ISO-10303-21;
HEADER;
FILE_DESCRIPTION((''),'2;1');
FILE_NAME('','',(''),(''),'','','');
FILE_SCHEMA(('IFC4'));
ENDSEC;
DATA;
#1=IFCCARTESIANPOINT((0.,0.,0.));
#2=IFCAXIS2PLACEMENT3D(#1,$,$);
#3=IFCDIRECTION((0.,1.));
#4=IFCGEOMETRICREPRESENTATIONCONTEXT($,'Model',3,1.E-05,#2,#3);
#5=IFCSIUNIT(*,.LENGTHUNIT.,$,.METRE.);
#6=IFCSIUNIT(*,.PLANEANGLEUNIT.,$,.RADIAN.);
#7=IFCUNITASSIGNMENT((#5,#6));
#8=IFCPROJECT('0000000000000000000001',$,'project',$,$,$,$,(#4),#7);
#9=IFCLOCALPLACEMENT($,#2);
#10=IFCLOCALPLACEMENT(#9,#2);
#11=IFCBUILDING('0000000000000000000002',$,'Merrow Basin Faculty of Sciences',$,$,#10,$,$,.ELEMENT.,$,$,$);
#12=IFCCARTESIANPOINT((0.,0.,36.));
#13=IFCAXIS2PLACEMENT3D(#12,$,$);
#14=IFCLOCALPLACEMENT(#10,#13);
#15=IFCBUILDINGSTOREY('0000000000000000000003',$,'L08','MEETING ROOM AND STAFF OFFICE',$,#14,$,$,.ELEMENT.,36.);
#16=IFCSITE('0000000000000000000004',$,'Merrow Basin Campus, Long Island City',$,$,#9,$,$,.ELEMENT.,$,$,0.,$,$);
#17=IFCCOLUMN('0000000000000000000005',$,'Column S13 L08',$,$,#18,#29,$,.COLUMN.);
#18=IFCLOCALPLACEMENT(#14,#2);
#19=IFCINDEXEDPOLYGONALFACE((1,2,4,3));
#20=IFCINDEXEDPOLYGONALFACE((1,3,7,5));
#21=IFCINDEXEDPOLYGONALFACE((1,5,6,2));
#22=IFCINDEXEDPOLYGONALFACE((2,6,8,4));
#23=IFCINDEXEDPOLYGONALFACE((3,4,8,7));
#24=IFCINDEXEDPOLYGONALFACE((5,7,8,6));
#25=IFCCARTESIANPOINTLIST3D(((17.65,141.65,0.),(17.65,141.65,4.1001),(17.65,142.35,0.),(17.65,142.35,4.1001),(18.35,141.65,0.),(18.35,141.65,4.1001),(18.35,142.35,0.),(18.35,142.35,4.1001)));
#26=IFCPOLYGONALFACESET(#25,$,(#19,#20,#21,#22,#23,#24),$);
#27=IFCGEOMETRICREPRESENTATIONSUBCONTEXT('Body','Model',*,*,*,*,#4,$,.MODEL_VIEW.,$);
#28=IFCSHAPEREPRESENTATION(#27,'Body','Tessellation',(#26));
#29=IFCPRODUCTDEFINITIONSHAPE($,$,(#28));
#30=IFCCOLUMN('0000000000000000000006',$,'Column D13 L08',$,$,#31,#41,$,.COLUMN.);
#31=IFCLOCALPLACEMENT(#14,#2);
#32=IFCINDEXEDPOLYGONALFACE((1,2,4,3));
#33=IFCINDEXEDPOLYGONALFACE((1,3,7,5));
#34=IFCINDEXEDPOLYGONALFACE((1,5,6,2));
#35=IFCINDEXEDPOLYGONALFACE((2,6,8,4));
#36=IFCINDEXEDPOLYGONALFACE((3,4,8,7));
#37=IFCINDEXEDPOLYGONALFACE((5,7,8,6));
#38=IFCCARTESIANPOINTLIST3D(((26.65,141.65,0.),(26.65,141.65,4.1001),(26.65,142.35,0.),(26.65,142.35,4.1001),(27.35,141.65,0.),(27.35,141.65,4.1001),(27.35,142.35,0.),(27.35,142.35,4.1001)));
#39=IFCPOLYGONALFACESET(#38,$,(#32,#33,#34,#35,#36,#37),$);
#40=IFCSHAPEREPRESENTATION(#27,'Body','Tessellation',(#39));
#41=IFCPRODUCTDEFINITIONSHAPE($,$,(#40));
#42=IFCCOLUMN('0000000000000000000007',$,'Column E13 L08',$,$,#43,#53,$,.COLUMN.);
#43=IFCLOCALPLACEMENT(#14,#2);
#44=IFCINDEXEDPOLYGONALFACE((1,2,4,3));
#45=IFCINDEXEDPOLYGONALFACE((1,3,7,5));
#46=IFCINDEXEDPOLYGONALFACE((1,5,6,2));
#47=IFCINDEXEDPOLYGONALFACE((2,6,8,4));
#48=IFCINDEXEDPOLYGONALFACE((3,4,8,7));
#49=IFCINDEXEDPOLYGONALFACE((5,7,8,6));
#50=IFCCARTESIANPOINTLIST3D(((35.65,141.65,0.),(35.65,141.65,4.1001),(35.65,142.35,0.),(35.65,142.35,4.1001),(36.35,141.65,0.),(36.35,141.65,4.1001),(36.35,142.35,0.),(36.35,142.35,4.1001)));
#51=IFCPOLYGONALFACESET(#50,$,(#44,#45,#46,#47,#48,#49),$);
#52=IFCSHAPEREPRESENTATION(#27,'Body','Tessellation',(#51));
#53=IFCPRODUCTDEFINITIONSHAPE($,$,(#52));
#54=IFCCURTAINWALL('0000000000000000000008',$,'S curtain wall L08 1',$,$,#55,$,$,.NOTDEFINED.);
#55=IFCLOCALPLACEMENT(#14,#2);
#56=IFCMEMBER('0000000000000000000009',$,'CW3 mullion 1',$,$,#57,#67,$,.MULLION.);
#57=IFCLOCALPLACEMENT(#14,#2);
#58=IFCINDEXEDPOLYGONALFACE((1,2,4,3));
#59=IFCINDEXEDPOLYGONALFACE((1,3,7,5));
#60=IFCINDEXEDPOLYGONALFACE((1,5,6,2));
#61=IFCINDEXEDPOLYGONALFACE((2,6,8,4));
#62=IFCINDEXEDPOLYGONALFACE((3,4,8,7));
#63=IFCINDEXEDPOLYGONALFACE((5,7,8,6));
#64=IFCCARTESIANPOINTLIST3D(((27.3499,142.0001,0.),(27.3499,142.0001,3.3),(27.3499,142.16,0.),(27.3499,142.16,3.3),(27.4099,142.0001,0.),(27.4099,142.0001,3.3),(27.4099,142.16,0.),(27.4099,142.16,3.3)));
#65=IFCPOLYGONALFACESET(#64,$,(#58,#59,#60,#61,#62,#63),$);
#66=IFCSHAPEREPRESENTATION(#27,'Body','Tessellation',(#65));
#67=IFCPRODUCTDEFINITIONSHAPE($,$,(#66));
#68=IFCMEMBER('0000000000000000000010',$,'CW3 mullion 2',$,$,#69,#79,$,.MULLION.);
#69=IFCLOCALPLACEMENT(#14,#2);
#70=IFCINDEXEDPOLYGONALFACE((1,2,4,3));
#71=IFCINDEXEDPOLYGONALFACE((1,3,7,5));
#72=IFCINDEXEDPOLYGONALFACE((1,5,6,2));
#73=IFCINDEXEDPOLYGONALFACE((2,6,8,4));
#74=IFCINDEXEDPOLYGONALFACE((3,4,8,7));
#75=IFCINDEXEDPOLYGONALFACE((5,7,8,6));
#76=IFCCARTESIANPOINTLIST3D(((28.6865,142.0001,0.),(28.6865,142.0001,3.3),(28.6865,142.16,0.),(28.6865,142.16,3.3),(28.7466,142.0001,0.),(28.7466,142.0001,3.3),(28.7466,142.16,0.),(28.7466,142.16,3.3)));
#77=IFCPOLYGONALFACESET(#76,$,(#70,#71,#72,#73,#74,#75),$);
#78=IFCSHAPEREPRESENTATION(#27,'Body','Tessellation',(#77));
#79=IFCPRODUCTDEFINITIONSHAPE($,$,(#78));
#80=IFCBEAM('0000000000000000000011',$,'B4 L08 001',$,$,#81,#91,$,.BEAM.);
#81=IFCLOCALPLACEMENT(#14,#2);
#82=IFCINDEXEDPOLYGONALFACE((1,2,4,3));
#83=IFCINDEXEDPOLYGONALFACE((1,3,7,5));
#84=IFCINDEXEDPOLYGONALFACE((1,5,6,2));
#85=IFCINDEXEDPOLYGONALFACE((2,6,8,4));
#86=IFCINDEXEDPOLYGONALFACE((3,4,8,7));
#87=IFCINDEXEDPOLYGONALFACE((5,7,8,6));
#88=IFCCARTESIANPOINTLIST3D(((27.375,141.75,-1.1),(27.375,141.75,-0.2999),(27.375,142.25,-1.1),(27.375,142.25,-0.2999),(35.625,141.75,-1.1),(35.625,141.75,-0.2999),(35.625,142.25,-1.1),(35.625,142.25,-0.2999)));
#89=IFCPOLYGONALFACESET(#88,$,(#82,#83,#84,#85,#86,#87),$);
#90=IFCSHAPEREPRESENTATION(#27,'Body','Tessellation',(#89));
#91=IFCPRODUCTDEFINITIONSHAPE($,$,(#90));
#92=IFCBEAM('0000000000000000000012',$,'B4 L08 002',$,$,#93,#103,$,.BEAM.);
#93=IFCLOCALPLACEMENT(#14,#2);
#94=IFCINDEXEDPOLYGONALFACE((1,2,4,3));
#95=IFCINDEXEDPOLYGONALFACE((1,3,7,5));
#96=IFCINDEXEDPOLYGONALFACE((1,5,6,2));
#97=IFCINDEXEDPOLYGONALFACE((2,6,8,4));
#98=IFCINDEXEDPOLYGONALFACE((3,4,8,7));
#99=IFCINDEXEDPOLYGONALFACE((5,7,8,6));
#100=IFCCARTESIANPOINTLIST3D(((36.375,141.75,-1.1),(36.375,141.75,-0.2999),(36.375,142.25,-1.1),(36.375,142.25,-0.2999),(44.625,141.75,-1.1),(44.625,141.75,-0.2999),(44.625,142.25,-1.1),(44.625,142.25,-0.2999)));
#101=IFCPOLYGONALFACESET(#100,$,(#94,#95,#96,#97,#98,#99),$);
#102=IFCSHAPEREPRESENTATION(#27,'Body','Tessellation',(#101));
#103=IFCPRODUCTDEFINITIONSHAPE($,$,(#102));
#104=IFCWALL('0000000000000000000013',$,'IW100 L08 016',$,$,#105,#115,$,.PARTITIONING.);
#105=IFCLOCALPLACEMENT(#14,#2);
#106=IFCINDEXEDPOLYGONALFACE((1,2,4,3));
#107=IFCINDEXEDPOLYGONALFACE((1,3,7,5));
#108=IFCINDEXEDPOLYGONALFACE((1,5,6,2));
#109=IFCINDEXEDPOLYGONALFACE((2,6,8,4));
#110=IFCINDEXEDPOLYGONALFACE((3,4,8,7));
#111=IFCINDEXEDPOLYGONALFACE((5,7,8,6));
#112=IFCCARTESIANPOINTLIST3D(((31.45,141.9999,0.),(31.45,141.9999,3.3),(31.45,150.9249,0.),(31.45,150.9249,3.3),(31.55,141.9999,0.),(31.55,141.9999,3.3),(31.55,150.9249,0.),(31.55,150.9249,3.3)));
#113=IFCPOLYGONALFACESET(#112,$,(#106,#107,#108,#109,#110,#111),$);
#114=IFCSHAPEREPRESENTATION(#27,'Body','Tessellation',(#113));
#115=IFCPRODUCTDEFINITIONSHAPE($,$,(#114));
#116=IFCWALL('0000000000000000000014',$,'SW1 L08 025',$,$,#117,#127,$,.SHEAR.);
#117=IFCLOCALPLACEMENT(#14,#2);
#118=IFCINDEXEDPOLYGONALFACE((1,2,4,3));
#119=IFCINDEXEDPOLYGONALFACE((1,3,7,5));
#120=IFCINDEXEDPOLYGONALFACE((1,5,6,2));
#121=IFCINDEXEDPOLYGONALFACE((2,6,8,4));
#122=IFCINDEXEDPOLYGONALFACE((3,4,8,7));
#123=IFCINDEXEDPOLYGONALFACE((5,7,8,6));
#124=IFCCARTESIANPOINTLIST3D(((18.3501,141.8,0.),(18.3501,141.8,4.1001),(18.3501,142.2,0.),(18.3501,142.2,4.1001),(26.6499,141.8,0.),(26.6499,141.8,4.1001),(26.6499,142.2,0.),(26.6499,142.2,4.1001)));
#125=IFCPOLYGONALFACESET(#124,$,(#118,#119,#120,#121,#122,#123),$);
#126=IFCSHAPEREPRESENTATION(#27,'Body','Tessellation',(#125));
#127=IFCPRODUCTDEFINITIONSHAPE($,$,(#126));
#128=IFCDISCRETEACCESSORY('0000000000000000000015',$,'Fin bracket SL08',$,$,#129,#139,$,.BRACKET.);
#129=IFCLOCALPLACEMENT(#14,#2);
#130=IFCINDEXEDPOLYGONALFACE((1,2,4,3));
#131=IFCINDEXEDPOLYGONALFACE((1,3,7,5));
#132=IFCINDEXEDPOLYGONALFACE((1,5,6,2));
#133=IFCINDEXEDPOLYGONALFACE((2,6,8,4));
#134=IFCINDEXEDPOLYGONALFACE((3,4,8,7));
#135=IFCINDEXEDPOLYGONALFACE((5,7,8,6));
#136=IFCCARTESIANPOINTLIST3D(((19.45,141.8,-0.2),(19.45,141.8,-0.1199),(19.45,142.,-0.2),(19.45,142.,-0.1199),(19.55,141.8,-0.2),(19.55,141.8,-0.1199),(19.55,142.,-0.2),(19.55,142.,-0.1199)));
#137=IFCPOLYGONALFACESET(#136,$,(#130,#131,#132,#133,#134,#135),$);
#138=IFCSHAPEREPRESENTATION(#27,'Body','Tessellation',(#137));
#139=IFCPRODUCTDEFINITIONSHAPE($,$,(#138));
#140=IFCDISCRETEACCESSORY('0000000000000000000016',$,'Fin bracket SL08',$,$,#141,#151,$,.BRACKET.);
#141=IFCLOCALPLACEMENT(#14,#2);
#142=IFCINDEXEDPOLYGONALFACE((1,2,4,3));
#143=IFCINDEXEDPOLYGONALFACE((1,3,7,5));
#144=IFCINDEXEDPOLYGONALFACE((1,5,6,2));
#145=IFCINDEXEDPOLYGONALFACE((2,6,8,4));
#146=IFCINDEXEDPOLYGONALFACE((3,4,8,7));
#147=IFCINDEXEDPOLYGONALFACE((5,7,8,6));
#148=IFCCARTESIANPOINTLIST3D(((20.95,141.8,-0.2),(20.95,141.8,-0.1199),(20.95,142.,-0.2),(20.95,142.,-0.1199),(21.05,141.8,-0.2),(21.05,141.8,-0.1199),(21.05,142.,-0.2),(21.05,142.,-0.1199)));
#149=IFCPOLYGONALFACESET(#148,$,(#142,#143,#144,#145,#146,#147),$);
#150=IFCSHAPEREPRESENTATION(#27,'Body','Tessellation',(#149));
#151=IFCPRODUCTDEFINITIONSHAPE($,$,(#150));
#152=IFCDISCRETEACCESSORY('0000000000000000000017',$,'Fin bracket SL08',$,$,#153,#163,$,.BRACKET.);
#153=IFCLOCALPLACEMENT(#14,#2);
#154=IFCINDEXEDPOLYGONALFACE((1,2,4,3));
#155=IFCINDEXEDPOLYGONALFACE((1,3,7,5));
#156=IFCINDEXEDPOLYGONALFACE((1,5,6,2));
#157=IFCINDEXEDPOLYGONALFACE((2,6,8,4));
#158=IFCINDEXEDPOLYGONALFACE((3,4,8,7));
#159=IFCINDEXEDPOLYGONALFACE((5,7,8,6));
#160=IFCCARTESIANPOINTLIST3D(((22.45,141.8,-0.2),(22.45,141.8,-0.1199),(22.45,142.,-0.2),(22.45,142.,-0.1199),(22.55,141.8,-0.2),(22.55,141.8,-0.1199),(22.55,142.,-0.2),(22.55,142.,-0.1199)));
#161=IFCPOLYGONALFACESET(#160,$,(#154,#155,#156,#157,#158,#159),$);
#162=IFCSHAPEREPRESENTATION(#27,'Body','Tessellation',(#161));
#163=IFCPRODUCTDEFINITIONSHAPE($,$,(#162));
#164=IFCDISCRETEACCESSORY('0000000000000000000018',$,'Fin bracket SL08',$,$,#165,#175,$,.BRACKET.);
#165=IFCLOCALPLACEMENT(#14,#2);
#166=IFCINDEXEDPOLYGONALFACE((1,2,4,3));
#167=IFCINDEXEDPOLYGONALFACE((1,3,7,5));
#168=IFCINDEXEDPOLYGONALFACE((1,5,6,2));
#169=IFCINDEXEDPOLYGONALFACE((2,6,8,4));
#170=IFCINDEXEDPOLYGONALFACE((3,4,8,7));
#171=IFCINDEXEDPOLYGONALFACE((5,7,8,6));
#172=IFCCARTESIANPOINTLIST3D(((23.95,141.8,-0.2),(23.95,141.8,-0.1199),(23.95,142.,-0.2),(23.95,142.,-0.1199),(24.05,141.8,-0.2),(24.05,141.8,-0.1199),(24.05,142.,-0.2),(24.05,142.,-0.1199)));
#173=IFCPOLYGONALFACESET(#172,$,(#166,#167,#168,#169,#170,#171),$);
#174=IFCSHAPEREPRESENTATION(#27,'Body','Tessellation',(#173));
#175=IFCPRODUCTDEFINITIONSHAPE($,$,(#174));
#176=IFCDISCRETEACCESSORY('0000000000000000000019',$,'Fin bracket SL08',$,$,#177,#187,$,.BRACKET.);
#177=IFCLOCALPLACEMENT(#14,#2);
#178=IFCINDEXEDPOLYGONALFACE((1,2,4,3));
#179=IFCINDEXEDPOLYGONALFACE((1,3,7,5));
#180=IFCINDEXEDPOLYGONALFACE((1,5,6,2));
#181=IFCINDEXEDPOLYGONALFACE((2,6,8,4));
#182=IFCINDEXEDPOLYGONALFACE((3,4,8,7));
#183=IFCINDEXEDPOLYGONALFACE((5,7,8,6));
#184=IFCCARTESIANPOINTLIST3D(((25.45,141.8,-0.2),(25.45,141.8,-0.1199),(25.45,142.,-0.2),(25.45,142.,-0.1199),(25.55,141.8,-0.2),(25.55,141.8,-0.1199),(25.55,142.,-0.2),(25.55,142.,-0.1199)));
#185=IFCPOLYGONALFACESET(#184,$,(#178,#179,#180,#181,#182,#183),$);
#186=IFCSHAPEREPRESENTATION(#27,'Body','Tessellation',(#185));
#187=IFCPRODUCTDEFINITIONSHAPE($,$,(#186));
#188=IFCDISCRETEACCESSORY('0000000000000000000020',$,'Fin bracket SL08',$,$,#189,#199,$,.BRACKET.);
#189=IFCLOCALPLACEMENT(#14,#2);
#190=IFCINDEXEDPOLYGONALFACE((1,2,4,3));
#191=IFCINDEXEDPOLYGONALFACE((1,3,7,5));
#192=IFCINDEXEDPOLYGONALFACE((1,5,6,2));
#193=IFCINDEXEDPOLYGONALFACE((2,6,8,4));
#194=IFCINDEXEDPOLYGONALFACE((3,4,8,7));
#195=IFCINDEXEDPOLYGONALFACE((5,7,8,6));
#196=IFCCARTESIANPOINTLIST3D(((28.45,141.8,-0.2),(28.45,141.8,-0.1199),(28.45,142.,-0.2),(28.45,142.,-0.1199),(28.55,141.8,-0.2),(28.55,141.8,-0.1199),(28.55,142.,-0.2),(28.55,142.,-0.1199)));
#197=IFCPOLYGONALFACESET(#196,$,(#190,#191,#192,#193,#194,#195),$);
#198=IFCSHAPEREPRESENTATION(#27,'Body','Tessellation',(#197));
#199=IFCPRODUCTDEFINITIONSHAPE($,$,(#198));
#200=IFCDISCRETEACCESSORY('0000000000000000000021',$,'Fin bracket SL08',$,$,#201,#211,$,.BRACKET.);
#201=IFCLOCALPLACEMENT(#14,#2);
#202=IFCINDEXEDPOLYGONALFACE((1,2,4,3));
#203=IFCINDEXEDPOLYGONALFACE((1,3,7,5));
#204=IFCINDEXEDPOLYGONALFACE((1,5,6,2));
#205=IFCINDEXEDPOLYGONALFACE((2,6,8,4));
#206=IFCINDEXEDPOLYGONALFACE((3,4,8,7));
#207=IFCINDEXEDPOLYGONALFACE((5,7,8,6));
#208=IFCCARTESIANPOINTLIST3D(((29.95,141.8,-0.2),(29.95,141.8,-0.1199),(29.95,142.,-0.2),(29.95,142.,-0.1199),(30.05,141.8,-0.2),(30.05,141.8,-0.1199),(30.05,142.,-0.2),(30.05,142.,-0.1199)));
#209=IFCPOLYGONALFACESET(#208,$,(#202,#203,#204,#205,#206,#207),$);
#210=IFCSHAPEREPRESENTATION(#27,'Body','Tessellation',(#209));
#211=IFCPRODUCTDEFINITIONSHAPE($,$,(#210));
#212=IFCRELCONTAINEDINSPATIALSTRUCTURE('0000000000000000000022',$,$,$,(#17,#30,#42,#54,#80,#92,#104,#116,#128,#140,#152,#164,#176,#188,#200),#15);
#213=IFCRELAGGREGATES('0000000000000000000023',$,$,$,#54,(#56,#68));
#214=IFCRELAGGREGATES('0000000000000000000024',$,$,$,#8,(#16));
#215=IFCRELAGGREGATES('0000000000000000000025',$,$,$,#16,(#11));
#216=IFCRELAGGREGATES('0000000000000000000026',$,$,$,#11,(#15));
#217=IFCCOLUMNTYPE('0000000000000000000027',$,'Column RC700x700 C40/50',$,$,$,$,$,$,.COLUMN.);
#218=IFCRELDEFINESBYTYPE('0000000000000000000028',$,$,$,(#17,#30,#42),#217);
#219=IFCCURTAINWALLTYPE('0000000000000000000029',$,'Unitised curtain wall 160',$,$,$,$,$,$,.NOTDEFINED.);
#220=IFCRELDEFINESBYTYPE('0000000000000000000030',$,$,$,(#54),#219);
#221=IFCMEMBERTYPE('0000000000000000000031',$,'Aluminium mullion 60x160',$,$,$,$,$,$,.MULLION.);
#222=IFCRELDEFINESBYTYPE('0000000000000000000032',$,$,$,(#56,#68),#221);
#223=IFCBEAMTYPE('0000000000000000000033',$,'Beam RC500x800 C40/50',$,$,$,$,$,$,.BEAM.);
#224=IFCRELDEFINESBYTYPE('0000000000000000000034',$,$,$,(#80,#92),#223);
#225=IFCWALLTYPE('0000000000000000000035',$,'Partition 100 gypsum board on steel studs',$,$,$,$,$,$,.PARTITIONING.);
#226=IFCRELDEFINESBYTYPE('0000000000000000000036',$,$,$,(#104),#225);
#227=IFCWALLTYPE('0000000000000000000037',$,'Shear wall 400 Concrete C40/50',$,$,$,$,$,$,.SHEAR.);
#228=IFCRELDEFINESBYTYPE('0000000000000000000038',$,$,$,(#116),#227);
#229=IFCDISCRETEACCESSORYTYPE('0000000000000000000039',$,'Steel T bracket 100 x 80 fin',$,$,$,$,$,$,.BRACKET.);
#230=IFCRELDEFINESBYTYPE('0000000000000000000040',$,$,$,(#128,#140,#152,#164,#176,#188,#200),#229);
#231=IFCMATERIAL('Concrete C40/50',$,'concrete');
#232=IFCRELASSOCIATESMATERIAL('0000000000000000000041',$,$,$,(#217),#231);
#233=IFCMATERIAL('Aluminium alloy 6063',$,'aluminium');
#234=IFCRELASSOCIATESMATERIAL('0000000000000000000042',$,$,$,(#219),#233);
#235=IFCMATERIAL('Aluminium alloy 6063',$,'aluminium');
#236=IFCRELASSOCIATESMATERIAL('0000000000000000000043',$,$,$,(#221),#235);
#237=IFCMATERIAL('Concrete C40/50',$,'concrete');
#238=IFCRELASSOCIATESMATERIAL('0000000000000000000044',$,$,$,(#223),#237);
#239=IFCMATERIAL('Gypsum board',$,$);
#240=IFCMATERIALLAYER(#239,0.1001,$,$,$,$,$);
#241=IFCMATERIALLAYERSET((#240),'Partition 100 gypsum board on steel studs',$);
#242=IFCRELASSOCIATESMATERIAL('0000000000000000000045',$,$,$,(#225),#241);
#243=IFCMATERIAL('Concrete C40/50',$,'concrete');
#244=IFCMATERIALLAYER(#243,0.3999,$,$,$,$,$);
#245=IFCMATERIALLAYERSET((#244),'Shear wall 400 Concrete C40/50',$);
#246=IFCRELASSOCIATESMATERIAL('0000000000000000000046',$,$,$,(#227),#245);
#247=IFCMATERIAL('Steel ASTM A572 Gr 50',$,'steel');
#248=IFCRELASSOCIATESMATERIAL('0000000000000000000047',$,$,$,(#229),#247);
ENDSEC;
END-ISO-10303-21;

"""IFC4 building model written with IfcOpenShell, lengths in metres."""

from ifc_helpers import new_model, si_unit, direction, frame, frame_2d, origin, origin_2d, place, context, subcontext, project, spatial, polyline, rectangle, outline, extrude, source, transform, mapped, material, layer, layer_set, material_profile, profile_set, type_object, element, aggregate, save


model = new_model("IFC4")

# Units and contexts
model_context = context("Model", 3, precision=1e-05, world=origin(), true_north=direction((0.0, 1.0)))
body_context = subcontext(model_context, "Body", "Model", "MODEL_VIEW")
ifc_project = project(units=[si_unit("LENGTHUNIT", "METRE"), si_unit("PLANEANGLEUNIT", "RADIAN")], contexts=[model_context])

# Site, building, storey
site_placement = place(None, origin())
site = spatial("IfcSite", under=ifc_project, at=site_placement, Name="Merrow Basin Campus, Long Island City", CompositionType="ELEMENT", RefElevation=0.0)
building_placement = place(site_placement, origin())
building = spatial("IfcBuilding", under=site, at=building_placement, Name="Merrow Basin Faculty of Sciences", CompositionType="ELEMENT")
storey_placement = place(building_placement, frame((0.0, 0.0, 36.0)))
storey = spatial("IfcBuildingStorey", under=building, at=storey_placement, Name="L08", Description="MEETING ROOM AND STAFF OFFICE", CompositionType="ELEMENT", Elevation=36.0)

# Columns
ifc_material_1 = material(Name="Concrete C40/50", Category="concrete")
ifc_material_profile_1 = material_profile(ifc_material_1, rectangle(XDim=0.7, YDim=0.7, at=origin_2d()))
ifc_profile_set_1 = profile_set([ifc_material_profile_1], Name="Concrete C40/50")
column_type = type_object("IfcColumnType", Name="Column RC700x700 C40/50", PredefinedType="COLUMN", material=ifc_profile_set_1)
for number, where, z_axis, x_axis, name in (
    (1, (18.0, 142.0, 0.0), (0.0, 0.0, 1.0), (1.0, 0.0, 0.0), "Column S13 L08"),
    (2, (27.0, 142.0, 0.0), (0.0, 0.0, 1.0), (1.0, 0.0, 0.0), "Column D13 L08"),
    (3, (36.0, 142.0, 0.0), (0.0, 0.0, 1.0), (1.0, 0.0, 0.0), "Column E13 L08"),
):
    element("IfcColumn", number, at=place(storey_placement, frame(where, z_axis=z_axis, x_axis=x_axis)), inside=storey, type_object=column_type, Name=name, PredefinedType="COLUMN", context=body_context, shape_type="SweptSolid", body=[
        extrude(rectangle(XDim=0.7, YDim=0.7, at=origin_2d()), origin(), (0.0, 0.0, 1.0), 4.1001),
    ])

# Curtain wall, members
ifc_material_2 = material(Name="Aluminium alloy 6063", Category="aluminium")
curtain_wall_type = type_object("IfcCurtainWallType", Name="Unitised curtain wall 160", PredefinedType="NOTDEFINED", material=ifc_material_2)
curtain_wall_placement = place(storey_placement, origin())
curtain_wall = element("IfcCurtainWall", 4, at=curtain_wall_placement, inside=storey, type_object=curtain_wall_type, Name="S curtain wall L08 1", PredefinedType="NOTDEFINED")
ifc_material_3 = material(Name="Aluminium alloy 6063", Category="aluminium")
ifc_material_profile_2 = material_profile(ifc_material_3, rectangle(XDim=0.1599, YDim=0.0601, at=origin_2d()))
ifc_profile_set_2 = profile_set([ifc_material_profile_2], Name="Aluminium alloy 6063")
member_type = type_object("IfcMemberType", Name="Aluminium mullion 60x160", PredefinedType="MULLION", material=ifc_profile_set_2)
member_1_placement = place(storey_placement, frame((27.3799, 142.0801, 0.0), z_axis=(0.0, 0.0, 1.0), x_axis=(0.0, 1.0, 0.0)))
member_1 = element("IfcMember", 5, at=member_1_placement, type_object=member_type, Name="CW3 mullion 1", PredefinedType="MULLION", context=body_context, shape_type="SweptSolid", body=[
    extrude(rectangle(XDim=0.1599, YDim=0.0601, at=origin_2d()), origin(), (0.0, 0.0, 1.0), 3.3),
])
member_2_placement = place(storey_placement, frame((28.7166, 142.0801, 0.0), z_axis=(0.0, 0.0, 1.0), x_axis=(0.0, 1.0, 0.0)))
member_2 = element("IfcMember", 6, at=member_2_placement, type_object=member_type, Name="CW3 mullion 2", PredefinedType="MULLION", context=body_context, shape_type="SweptSolid", body=[
    extrude(rectangle(XDim=0.1599, YDim=0.0601, at=origin_2d()), origin(), (0.0, 0.0, 1.0), 3.3),
])
aggregate(curtain_wall, [member_1, member_2])

# Beams
ifc_material_4 = material(Name="Concrete C40/50", Category="concrete")
ifc_material_profile_3 = material_profile(ifc_material_4, rectangle(XDim=0.5, YDim=0.8, at=origin_2d()))
ifc_profile_set_3 = profile_set([ifc_material_profile_3], Name="Concrete C40/50")
beam_type = type_object("IfcBeamType", Name="Beam RC500x800 C40/50", PredefinedType="BEAM", material=ifc_profile_set_3)
for number, where, z_axis, x_axis, name in (
    (7, (27.375, 142.0, -0.7), (1.0, 0.0, 0.0), (0.0, 1.0, 0.0), "B4 L08 001"),
    (8, (36.375, 142.0, -0.7), (1.0, 0.0, 0.0), (0.0, 1.0, 0.0), "B4 L08 002"),
):
    element("IfcBeam", number, at=place(storey_placement, frame(where, z_axis=z_axis, x_axis=x_axis)), inside=storey, type_object=beam_type, Name=name, PredefinedType="BEAM", context=body_context, shape_type="SweptSolid", body=[
        extrude(rectangle(XDim=0.5, YDim=0.8, at=origin_2d()), origin(), (0.0, 0.0, 1.0), 8.25),
    ])

# Walls
ifc_material_5 = material(Name="Gypsum board")
ifc_layer_1 = layer(ifc_material_5, 0.1001)
ifc_layer_set_1 = layer_set([ifc_layer_1], Name="Partition 100 gypsum board on steel studs")
wall_type_1 = type_object("IfcWallType", Name="Partition 100 gypsum board on steel studs", PredefinedType="PARTITIONING", material=ifc_layer_set_1)
wall_1_placement = place(storey_placement, frame((31.5, 142.0, 0.0), z_axis=(0.0, 0.0, 1.0), x_axis=(0.0, 1.0, 0.0)))
element("IfcWall", 9, at=wall_1_placement, inside=storey, type_object=wall_type_1, Name="IW100 L08 016", PredefinedType="PARTITIONING", context=body_context, shape_type="SweptSolid", body=[
    extrude(rectangle(XDim=8.925, YDim=0.1001, at=frame_2d((4.4624, 0.0))), origin(), (0.0, 0.0, 1.0), 3.3),
])
ifc_material_6 = material(Name="Concrete C40/50", Category="concrete")
ifc_layer_2 = layer(ifc_material_6, 0.3999)
ifc_layer_set_2 = layer_set([ifc_layer_2], Name="Shear wall 400 Concrete C40/50")
wall_type_2 = type_object("IfcWallType", Name="Shear wall 400 Concrete C40/50", PredefinedType="SHEAR", material=ifc_layer_set_2)
wall_2_placement = place(storey_placement, frame((18.3501, 142.0, 0.0), z_axis=(0.0, 0.0, 1.0), x_axis=(1.0, 0.0, 0.0)))
element("IfcWall", 10, at=wall_2_placement, inside=storey, type_object=wall_type_2, Name="SW1 L08 025", PredefinedType="SHEAR", context=body_context, shape_type="SweptSolid", body=[
    extrude(rectangle(XDim=8.2998, YDim=0.3999, at=frame_2d((4.1499, 0.0))), origin(), (0.0, 0.0, 1.0), 4.1001),
])

# Discrete accessories
ifc_material_7 = material(Name="Steel ASTM A572 Gr 50", Category="steel")
discrete_accessory_type = type_object("IfcDiscreteAccessoryType", Name="Steel T bracket 100 x 80 fin", PredefinedType="BRACKET", material=ifc_material_7)
shared_shape = source(origin(), body_context, "Body", "SweptSolid", [
    extrude(outline(polyline([(0.0, 0.0), (0.1001, 0.0), (0.1001, 0.0801), (0.0, 0.0801), (0.0, 0.0)])), origin(), (0.0, 0.0, 1.0), 0.2),
])
for number, where, z_axis, x_axis, name in (
    (11, (19.45, 142.0, -0.2), (0.0, -1.0, 0.0), (1.0, 0.0, 0.0), "Fin bracket SL08"),
    (12, (20.95, 142.0, -0.2), (0.0, -1.0, 0.0), (1.0, 0.0, 0.0), "Fin bracket SL08"),
    (13, (22.45, 142.0, -0.2), (0.0, -1.0, 0.0), (1.0, 0.0, 0.0), "Fin bracket SL08"),
    (14, (23.95, 142.0, -0.2), (0.0, -1.0, 0.0), (1.0, 0.0, 0.0), "Fin bracket SL08"),
    (15, (25.45, 142.0, -0.2), (0.0, -1.0, 0.0), (1.0, 0.0, 0.0), "Fin bracket SL08"),
    (16, (28.45, 142.0, -0.2), (0.0, -1.0, 0.0), (1.0, 0.0, 0.0), "Fin bracket SL08"),
    (17, (29.95, 142.0, -0.2), (0.0, -1.0, 0.0), (1.0, 0.0, 0.0), "Fin bracket SL08"),
):
    element("IfcDiscreteAccessory", number, at=place(storey_placement, frame(where, z_axis=z_axis, x_axis=x_axis)), inside=storey, type_object=discrete_accessory_type, Name=name, PredefinedType="BRACKET", context=body_context, shape_type="MappedRepresentation", body=[
        mapped(shared_shape, transform((0.0, 0.0, 0.0), scale=1.0)),
    ])

save(model, "model.ifc")
